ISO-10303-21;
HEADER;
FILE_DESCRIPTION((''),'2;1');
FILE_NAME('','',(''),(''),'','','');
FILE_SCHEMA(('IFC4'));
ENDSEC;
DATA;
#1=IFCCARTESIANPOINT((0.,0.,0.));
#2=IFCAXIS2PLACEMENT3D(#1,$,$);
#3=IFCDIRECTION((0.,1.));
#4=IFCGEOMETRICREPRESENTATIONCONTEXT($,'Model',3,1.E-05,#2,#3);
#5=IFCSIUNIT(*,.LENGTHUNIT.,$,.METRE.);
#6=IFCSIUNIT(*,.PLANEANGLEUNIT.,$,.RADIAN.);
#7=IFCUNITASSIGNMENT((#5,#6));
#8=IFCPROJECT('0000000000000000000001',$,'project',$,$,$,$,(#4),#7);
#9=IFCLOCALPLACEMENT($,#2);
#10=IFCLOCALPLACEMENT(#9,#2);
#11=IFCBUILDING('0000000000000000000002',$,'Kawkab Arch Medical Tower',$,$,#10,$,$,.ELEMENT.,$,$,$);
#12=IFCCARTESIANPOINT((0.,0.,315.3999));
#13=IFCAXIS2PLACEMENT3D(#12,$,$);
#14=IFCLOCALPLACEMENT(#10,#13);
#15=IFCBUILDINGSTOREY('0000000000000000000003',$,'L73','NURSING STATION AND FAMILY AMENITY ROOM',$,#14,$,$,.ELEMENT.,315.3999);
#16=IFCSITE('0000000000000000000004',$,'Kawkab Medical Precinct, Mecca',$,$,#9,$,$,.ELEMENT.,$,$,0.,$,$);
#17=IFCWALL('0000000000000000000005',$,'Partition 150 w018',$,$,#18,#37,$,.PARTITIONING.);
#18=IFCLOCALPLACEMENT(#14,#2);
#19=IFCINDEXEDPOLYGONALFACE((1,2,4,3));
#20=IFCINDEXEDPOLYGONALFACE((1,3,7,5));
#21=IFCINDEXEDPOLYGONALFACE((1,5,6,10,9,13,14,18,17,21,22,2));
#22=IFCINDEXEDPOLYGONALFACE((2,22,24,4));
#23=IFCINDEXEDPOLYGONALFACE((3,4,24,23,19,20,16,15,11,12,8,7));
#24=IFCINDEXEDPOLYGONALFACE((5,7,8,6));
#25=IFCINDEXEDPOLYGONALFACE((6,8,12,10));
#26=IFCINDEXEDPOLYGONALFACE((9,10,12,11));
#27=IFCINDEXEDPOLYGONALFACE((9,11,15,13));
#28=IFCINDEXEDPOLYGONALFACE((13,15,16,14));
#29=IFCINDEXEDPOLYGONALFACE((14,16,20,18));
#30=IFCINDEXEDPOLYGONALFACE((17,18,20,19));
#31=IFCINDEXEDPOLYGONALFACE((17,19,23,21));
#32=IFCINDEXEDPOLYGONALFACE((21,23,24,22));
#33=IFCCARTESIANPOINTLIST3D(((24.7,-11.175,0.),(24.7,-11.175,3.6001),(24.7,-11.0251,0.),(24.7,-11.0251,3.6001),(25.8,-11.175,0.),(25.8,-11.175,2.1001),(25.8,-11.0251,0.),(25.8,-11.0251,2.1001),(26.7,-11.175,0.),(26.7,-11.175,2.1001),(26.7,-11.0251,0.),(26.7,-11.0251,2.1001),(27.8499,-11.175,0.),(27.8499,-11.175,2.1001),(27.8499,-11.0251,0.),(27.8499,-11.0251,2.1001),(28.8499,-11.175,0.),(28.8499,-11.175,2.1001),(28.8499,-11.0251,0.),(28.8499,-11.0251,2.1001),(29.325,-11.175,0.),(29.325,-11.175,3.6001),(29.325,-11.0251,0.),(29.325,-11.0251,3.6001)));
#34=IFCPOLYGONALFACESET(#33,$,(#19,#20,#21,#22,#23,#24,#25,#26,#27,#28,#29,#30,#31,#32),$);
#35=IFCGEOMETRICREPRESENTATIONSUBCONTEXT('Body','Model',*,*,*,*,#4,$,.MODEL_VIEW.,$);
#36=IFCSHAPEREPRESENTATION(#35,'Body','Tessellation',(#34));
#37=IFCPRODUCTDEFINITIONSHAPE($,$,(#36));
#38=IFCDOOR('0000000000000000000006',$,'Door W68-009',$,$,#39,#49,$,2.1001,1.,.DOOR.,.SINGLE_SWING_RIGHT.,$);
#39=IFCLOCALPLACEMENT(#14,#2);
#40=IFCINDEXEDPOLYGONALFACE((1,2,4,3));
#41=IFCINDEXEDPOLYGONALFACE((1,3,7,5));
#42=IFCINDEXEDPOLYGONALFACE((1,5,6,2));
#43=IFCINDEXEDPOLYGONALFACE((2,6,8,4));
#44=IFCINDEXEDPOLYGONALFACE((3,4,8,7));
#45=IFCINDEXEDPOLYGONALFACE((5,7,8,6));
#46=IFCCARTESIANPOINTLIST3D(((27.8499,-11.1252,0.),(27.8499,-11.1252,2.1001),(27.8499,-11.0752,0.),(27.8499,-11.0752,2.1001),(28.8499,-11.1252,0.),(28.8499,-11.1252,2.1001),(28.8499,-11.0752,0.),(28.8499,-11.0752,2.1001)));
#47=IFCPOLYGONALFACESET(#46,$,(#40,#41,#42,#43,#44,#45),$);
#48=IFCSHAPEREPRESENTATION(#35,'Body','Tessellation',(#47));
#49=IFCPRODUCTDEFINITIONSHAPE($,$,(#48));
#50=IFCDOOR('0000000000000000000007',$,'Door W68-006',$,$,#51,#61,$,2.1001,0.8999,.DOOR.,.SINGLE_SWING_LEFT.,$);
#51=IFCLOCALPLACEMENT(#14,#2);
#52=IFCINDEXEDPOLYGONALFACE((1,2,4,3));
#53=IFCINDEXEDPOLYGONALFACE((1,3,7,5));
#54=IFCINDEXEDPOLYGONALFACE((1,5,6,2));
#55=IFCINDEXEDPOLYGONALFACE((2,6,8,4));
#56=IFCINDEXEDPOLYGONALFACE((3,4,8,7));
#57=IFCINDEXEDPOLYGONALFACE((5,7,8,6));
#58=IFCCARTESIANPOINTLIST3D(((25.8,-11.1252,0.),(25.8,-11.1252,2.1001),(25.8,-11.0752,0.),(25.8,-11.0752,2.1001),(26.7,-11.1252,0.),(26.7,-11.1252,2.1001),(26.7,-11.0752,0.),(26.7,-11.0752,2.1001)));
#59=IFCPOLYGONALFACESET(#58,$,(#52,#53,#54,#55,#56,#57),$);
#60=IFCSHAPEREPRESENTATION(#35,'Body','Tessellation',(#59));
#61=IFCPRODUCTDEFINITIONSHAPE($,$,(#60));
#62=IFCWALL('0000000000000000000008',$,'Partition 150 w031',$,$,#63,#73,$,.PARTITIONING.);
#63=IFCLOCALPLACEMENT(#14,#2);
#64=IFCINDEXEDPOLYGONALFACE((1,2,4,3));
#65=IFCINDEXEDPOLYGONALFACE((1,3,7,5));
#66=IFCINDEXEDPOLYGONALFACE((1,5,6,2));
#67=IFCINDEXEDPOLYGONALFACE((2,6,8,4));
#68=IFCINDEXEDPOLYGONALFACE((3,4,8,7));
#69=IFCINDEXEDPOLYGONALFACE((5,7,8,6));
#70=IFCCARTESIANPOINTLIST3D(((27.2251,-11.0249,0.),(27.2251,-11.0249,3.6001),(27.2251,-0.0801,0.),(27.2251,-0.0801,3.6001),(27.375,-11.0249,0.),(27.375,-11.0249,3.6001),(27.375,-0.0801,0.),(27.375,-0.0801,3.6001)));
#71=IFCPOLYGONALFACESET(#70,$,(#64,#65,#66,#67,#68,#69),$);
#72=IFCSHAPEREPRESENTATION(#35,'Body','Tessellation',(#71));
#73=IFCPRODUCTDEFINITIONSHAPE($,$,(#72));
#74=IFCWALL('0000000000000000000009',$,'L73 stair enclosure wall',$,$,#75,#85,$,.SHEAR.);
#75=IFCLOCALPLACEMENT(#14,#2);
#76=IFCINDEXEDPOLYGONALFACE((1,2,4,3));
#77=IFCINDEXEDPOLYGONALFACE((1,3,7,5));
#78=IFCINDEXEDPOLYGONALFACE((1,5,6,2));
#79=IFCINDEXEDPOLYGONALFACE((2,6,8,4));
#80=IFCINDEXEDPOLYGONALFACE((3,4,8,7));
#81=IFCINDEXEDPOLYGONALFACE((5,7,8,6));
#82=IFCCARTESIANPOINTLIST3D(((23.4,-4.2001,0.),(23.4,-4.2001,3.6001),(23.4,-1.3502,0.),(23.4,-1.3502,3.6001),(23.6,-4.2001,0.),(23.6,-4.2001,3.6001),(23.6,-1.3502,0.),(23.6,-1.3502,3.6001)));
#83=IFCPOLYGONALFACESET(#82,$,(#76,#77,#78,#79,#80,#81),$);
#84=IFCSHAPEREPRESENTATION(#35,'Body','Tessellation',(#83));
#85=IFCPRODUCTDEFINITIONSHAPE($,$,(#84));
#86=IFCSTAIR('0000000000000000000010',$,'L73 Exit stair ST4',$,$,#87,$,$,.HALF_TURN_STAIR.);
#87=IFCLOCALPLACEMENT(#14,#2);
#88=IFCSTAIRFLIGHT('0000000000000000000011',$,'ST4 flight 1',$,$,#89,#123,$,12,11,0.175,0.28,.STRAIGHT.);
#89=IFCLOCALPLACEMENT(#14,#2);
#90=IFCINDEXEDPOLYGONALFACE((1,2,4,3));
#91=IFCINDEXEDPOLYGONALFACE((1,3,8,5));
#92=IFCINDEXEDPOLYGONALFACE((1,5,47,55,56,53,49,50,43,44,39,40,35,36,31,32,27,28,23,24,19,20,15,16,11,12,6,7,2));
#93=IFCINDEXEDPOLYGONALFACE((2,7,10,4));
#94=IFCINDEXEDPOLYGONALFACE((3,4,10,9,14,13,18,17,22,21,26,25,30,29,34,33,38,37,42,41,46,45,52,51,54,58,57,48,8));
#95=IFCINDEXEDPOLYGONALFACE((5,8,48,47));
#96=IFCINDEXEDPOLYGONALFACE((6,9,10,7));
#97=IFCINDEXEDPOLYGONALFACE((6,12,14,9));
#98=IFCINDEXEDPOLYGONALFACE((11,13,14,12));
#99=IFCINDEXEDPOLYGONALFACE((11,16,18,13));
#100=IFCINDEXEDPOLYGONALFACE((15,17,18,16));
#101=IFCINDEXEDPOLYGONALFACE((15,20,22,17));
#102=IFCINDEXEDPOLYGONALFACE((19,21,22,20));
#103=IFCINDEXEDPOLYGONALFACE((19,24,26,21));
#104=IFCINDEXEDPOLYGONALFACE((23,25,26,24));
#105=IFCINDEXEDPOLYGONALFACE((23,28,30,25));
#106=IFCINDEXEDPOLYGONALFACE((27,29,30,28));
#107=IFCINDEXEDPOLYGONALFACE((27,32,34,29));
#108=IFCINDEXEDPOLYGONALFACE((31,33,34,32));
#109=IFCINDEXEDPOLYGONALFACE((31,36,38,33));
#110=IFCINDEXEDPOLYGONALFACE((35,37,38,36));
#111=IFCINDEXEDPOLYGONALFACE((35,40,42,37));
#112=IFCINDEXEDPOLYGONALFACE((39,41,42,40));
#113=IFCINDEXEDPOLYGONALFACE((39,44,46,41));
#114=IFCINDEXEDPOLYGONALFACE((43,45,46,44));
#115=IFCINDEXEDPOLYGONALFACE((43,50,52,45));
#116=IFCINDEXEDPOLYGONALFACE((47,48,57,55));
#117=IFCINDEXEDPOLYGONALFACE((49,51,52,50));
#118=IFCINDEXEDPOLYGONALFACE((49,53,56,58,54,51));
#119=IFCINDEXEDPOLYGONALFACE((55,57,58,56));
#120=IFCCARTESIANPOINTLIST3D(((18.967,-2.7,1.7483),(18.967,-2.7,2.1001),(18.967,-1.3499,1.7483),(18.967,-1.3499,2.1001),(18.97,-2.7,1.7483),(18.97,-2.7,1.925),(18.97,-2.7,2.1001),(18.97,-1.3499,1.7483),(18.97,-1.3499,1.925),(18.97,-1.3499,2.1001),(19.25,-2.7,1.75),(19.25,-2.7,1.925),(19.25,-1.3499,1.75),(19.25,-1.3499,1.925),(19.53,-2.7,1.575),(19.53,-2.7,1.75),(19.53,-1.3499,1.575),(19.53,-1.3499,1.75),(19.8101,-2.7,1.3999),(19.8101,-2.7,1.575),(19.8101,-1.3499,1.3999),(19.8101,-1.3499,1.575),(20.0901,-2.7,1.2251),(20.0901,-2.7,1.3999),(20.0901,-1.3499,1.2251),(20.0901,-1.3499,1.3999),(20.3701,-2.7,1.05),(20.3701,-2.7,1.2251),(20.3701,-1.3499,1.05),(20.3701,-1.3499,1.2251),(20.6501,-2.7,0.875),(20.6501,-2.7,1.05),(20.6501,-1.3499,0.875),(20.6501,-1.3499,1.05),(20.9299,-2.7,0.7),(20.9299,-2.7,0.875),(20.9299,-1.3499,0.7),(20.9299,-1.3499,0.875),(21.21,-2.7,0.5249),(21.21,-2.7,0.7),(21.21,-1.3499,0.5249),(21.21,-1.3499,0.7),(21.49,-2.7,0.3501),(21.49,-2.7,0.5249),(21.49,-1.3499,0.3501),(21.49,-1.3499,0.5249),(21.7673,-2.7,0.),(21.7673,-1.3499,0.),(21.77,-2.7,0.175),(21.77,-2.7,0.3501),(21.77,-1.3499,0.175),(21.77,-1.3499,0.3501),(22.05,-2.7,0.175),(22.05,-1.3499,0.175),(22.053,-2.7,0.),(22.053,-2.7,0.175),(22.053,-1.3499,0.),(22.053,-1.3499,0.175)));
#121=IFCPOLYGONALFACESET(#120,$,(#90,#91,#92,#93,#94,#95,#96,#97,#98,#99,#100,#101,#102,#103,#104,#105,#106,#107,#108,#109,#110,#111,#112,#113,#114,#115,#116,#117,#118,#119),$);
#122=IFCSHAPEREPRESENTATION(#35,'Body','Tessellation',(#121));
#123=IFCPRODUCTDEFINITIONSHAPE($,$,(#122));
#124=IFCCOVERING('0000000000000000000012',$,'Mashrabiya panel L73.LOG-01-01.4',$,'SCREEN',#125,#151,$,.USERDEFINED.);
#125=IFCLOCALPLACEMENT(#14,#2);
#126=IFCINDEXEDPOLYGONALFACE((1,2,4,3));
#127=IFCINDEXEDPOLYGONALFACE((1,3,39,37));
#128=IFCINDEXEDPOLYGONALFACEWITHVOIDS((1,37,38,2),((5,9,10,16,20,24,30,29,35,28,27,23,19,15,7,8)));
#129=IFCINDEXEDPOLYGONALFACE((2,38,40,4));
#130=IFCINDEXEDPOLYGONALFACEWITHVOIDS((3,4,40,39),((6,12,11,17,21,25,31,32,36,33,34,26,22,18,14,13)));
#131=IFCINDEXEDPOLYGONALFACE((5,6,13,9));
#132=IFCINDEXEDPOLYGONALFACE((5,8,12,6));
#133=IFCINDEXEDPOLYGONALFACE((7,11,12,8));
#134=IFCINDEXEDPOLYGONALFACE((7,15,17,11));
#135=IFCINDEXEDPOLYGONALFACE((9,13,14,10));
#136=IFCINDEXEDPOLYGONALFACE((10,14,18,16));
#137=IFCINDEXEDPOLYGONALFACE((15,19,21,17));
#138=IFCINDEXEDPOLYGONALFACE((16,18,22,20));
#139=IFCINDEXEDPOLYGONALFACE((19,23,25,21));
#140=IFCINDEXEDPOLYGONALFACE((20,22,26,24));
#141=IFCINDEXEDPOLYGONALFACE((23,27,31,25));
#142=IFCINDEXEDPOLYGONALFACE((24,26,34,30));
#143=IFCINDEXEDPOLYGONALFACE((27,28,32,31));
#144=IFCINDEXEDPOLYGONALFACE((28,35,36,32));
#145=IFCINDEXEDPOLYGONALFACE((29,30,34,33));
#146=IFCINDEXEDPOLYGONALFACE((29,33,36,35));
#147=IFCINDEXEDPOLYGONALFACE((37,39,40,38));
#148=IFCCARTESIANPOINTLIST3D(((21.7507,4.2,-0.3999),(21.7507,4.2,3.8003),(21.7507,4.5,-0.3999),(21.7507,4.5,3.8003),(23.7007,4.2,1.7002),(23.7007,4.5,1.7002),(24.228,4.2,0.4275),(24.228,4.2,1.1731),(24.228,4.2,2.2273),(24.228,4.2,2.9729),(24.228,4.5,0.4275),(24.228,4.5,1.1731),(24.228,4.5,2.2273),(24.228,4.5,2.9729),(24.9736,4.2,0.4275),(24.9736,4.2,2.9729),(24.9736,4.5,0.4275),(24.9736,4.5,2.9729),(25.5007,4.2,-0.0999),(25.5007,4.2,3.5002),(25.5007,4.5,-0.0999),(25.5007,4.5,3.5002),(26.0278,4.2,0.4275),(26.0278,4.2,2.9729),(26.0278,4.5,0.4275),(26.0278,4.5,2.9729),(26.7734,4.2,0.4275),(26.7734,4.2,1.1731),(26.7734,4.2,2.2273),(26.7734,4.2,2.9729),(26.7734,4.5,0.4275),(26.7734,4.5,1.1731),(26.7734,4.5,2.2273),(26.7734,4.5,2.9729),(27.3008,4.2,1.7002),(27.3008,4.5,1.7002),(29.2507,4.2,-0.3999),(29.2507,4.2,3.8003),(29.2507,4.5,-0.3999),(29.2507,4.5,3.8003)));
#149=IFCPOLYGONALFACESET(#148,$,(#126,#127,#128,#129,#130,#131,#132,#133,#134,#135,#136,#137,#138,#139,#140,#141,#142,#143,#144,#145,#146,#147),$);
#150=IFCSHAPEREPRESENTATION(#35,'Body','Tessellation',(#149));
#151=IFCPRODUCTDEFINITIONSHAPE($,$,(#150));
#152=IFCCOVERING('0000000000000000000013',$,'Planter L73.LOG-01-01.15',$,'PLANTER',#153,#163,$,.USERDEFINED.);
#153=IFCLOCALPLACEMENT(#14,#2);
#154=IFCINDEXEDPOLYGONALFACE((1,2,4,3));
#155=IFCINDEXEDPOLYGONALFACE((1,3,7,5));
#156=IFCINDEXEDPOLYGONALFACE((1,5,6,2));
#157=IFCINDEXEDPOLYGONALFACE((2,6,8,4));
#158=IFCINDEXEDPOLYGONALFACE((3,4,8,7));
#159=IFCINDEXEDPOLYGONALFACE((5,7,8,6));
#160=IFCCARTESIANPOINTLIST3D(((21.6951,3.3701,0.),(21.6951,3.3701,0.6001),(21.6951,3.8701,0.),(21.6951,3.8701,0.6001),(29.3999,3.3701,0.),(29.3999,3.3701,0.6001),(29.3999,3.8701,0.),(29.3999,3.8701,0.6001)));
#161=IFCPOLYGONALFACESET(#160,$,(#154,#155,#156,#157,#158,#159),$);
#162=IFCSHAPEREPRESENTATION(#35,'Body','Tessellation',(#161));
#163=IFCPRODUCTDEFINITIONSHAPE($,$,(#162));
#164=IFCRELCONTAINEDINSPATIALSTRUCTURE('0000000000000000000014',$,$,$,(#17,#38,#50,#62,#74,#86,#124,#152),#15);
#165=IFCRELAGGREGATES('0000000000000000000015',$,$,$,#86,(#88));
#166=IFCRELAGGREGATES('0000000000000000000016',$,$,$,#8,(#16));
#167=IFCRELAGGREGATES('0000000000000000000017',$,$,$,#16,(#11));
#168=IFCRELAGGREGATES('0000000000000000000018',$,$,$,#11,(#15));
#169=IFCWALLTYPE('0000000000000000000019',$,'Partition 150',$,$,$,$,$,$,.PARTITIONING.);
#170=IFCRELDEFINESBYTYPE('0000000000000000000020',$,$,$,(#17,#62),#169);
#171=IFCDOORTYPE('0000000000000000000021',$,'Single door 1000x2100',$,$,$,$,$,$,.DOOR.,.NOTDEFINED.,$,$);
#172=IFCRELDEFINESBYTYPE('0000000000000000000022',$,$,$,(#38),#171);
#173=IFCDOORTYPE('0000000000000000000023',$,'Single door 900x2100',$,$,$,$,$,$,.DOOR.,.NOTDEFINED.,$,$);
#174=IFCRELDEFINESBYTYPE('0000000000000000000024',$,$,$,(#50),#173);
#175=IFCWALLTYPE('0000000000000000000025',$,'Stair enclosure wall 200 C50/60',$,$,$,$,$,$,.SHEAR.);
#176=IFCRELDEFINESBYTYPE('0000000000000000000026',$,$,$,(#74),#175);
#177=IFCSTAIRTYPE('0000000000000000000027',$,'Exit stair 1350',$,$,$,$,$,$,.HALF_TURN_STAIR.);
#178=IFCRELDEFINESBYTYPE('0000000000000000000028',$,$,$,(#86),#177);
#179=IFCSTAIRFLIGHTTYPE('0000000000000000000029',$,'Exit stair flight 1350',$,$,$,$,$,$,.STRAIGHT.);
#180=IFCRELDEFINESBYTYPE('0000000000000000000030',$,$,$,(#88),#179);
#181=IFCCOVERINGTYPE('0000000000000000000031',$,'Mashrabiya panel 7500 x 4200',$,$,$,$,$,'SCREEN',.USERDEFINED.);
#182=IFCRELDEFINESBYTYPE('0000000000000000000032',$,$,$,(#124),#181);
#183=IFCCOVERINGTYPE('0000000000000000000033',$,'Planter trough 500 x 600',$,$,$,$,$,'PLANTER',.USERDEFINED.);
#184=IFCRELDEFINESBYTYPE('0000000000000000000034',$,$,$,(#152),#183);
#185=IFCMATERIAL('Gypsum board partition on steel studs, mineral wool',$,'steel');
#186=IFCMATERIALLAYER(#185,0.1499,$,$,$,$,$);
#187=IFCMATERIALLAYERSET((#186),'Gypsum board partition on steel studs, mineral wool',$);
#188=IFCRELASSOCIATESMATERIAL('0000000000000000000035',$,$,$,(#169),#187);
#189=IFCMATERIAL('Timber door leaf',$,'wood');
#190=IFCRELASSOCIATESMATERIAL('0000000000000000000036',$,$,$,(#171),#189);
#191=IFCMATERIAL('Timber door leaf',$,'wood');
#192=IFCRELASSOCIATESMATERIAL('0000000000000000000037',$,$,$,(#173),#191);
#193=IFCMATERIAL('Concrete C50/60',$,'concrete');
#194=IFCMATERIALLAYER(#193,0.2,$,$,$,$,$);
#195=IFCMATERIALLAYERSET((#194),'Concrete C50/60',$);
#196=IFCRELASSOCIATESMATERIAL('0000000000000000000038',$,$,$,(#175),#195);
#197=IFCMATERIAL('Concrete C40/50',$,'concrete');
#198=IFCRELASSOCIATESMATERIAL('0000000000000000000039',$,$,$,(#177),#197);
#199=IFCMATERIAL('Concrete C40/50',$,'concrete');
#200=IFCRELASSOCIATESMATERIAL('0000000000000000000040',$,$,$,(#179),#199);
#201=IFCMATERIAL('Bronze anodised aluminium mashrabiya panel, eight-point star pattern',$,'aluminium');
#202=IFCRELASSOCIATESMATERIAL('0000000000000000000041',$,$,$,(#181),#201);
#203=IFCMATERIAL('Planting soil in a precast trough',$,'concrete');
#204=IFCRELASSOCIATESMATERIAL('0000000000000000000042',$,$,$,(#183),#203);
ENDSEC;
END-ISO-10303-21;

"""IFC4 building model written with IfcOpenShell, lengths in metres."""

from ifc_helpers import new_model, si_unit, direction, frame, frame_2d, origin, origin_2d, place, context, subcontext, project, spatial, polyline, rectangle, outline, extrude, material, layer, layer_set, material_profile, profile_set, type_object, element, fill, aggregate, save


model = new_model("IFC4")

# Units and contexts
model_context = context("Model", 3, precision=1e-05, world=origin(), true_north=direction((0.0, 1.0)))
body_context = subcontext(model_context, "Body", "Model", "MODEL_VIEW")
ifc_project = project(units=[si_unit("LENGTHUNIT", "METRE"), si_unit("PLANEANGLEUNIT", "RADIAN")], contexts=[model_context])

# Site, building, storey
site_placement = place(None, origin())
site = spatial("IfcSite", under=ifc_project, at=site_placement, Name="Kawkab Medical Precinct, Mecca", CompositionType="ELEMENT", RefElevation=0.0)
building_placement = place(site_placement, origin())
building = spatial("IfcBuilding", under=site, at=building_placement, Name="Kawkab Arch Medical Tower", CompositionType="ELEMENT")
storey_placement = place(building_placement, frame((0.0, 0.0, 315.3999)))
storey = spatial("IfcBuildingStorey", under=building, at=storey_placement, Name="L73", Description="NURSING STATION AND FAMILY AMENITY ROOM", CompositionType="ELEMENT", Elevation=315.3999)

# Shared definitions
placement = place(storey_placement, origin())

# Wall, openings, doors
ifc_material_1 = material(Name="Gypsum board partition on steel studs, mineral wool", Category="steel")
ifc_layer_1 = layer(ifc_material_1, 0.1499)
ifc_layer_set_1 = layer_set([ifc_layer_1], Name="Gypsum board partition on steel studs, mineral wool")
wall_type_1 = type_object("IfcWallType", Name="Partition 150", PredefinedType="PARTITIONING", material=ifc_layer_set_1)
wall_1_placement = place(storey_placement, frame((24.7, -11.1001, 0.0), z_axis=(0.0, 0.0, 1.0), x_axis=(1.0, 0.0, 0.0)))
wall_1 = element("IfcWall", 1, at=wall_1_placement, inside=storey, type_object=wall_type_1, Name="Partition 150 w018", PredefinedType="PARTITIONING", context=body_context, shape_type="SweptSolid", body=[
    extrude(rectangle(XDim=4.625, YDim=0.1499, at=frame_2d((2.3125, 0.0))), origin(), (0.0, 0.0, 1.0), 3.6001),
])
opening_1_placement = place(wall_1_placement, frame((1.1001, 0.0, 0.0)))
opening_1 = element("IfcOpeningElement", 2, at=opening_1_placement, cuts=wall_1, PredefinedType="OPENING", context=body_context, shape_type="SweptSolid", body=[
    extrude(rectangle(XDim=0.8999, YDim=2.1001, at=frame_2d((0.45, 1.05))), frame((0.0, 0.085, 0.0), z_axis=(0.0, -1.0, 0.0), x_axis=(1.0, 0.0, 0.0)), (0.0, 0.0, 1.0), 0.1699),
])
opening_2_placement = place(wall_1_placement, frame((3.1499, 0.0, 0.0)))
opening_2 = element("IfcOpeningElement", 3, at=opening_2_placement, cuts=wall_1, PredefinedType="OPENING", context=body_context, shape_type="SweptSolid", body=[
    extrude(rectangle(XDim=1.0, YDim=2.1001, at=frame_2d((0.5, 1.05))), frame((0.0, 0.085, 0.0), z_axis=(0.0, -1.0, 0.0), x_axis=(1.0, 0.0, 0.0)), (0.0, 0.0, 1.0), 0.1699),
])
ifc_material_2 = material(Name="Timber door leaf", Category="wood")
door_type_1 = type_object("IfcDoorType", Name="Single door 1000x2100", OperationType="NOTDEFINED", PredefinedType="DOOR", material=ifc_material_2)
door_1_placement = place(opening_2_placement, origin())
door_1 = element("IfcDoor", 4, at=door_1_placement, inside=storey, type_object=door_type_1, Name="Door W68-009", OperationType="SINGLE_SWING_RIGHT", OverallHeight=2.1001, OverallWidth=1.0, PredefinedType="DOOR", context=body_context, shape_type="SweptSolid", body=[
    extrude(rectangle(XDim=1.0, YDim=2.1001, at=frame_2d((0.5, 1.05))), frame((0.0, 0.0249, 0.0), z_axis=(0.0, -1.0, 0.0), x_axis=(1.0, 0.0, 0.0)), (0.0, 0.0, 1.0), 0.05),
])
fill(opening_2, door_1)
ifc_material_3 = material(Name="Timber door leaf", Category="wood")
door_type_2 = type_object("IfcDoorType", Name="Single door 900x2100", OperationType="NOTDEFINED", PredefinedType="DOOR", material=ifc_material_3)
door_2_placement = place(opening_1_placement, origin())
door_2 = element("IfcDoor", 5, at=door_2_placement, inside=storey, type_object=door_type_2, Name="Door W68-006", OperationType="SINGLE_SWING_LEFT", OverallHeight=2.1001, OverallWidth=0.8999, PredefinedType="DOOR", context=body_context, shape_type="SweptSolid", body=[
    extrude(rectangle(XDim=0.8999, YDim=2.1001, at=frame_2d((0.45, 1.05))), frame((0.0, 0.0249, 0.0), z_axis=(0.0, -1.0, 0.0), x_axis=(1.0, 0.0, 0.0)), (0.0, 0.0, 1.0), 0.05),
])
fill(opening_1, door_2)

# Walls
wall_2_placement = place(storey_placement, frame((27.3, -11.0249, 0.0), z_axis=(0.0, 0.0, 1.0), x_axis=(0.0, 1.0, 0.0)))
element("IfcWall", 6, at=wall_2_placement, inside=storey, type_object=wall_type_1, Name="Partition 150 w031", PredefinedType="PARTITIONING", context=body_context, shape_type="SweptSolid", body=[
    extrude(rectangle(XDim=10.9448, YDim=0.1499, at=frame_2d((5.4724, 0.0))), origin(), (0.0, 0.0, 1.0), 3.6001),
])
ifc_material_4 = material(Name="Concrete C50/60", Category="concrete")
ifc_layer_2 = layer(ifc_material_4, 0.2)
ifc_layer_set_2 = layer_set([ifc_layer_2], Name="Concrete C50/60")
wall_type_2 = type_object("IfcWallType", Name="Stair enclosure wall 200 C50/60", PredefinedType="SHEAR", material=ifc_layer_set_2)
wall_3_placement = place(storey_placement, frame((23.5, -4.2, 0.0), z_axis=(0.0, 0.0, 1.0), x_axis=(0.0, 1.0, 0.0)))
element("IfcWall", 7, at=wall_3_placement, inside=storey, type_object=wall_type_2, Name="L73 stair enclosure wall", PredefinedType="SHEAR", context=body_context, shape_type="SweptSolid", body=[
    extrude(rectangle(XDim=2.8499, YDim=0.2, at=frame_2d((1.4248, 0.0))), origin(), (0.0, 0.0, 1.0), 3.6001),
])

# Stair, stair flight
ifc_material_5 = material(Name="Concrete C40/50", Category="concrete")
stair_type = type_object("IfcStairType", Name="Exit stair 1350", PredefinedType="HALF_TURN_STAIR", material=ifc_material_5)
stair = element("IfcStair", 8, at=placement, inside=storey, type_object=stair_type, Name="L73 Exit stair ST4", PredefinedType="HALF_TURN_STAIR")
ifc_material_6 = material(Name="Concrete C40/50", Category="concrete")
stair_flight_type = type_object("IfcStairFlightType", Name="Exit stair flight 1350", PredefinedType="STRAIGHT", material=ifc_material_6)
stair_flight_placement = place(storey_placement, frame((22.05, -2.0249, 0.0), z_axis=(0.0, 0.0, 1.0), x_axis=(-1.0, 0.0, 0.0)))
stair_flight = element("IfcStairFlight", 9, at=stair_flight_placement, type_object=stair_flight_type, Name="ST4 flight 1", NumberOfRisers=12, NumberOfTreads=11, PredefinedType="STRAIGHT", RiserHeight=0.175, TreadLength=0.28, context=body_context, shape_type="SweptSolid", body=[
    extrude(outline(polyline([(-0.0029, 0.0), (-0.0029, 0.175), (0.0, 0.175), (0.28, 0.175), (0.28, 0.3501), (0.5601, 0.3501), (0.5601, 0.5249), (0.8401, 0.5249), (0.8401, 0.7), (1.1201, 0.7), (1.1201, 0.875), (1.3999, 0.875), (1.3999, 1.05), (1.6799, 1.05), (1.6799, 1.2251), (1.96, 1.2251), (1.96, 1.3999), (2.24, 1.3999), (2.24, 1.575), (2.52, 1.575), (2.52, 1.75), (2.8, 1.75), (2.8, 1.925), (3.0801, 1.925), (3.0801, 2.1001), (3.083, 2.1001), (3.083, 1.7483), (3.0801, 1.7483), (0.2827, 0.0), (-0.0029, 0.0)])), frame((0.0, 0.675, 0.0), z_axis=(0.0, -1.0, 0.0), x_axis=(1.0, 0.0, 0.0)), (0.0, 0.0, 1.0), 1.3501),
])
aggregate(stair, [stair_flight])

# Coverings
ifc_material_7 = material(Name="Bronze anodised aluminium mashrabiya panel, eight-point star pattern", Category="aluminium")
ifc_material_profile_1 = material_profile(ifc_material_7, outline(polyline([(-3.75, -2.1001), (3.75, -2.1001), (3.75, 2.1001), (-3.75, 2.1001), (-3.75, -2.1001)]), holes=[polyline([(1.8, 0.0), (1.2727, 0.5271), (1.2727, 1.2727), (0.5271, 1.2727), (0.0, 1.8), (-0.5271, 1.2727), (-1.2727, 1.2727), (-1.2727, 0.5271), (-1.8, 0.0), (-1.2727, -0.5271), (-1.2727, -1.2727), (-0.5271, -1.2727), (0.0, -1.8), (0.5271, -1.2727), (1.2727, -1.2727), (1.2727, -0.5271), (1.8, 0.0)])]), Name="Mashrabiya panel 7500x4200")
ifc_profile_set_1 = profile_set([ifc_material_profile_1], Name="Bronze anodised aluminium mashrabiya panel, eight-point star pattern")
covering_type_1 = type_object("IfcCoveringType", Name="Mashrabiya panel 7500 x 4200", ElementType="SCREEN", PredefinedType="USERDEFINED", material=ifc_profile_set_1)
covering_1_placement = place(storey_placement, frame((25.5007, 4.2, 1.7002), z_axis=(0.0, 1.0, 0.0), x_axis=(-1.0, 0.0, 0.0)))
element("IfcCovering", 10, at=covering_1_placement, inside=storey, type_object=covering_type_1, Name="Mashrabiya panel L73.LOG-01-01.4", ObjectType="SCREEN", PredefinedType="USERDEFINED", context=body_context, shape_type="SweptSolid", body=[
    extrude(outline(polyline([(-3.75, -2.1001), (3.75, -2.1001), (3.75, 2.1001), (-3.75, 2.1001), (-3.75, -2.1001)]), holes=[polyline([(1.8, 0.0), (1.2727, 0.5271), (1.2727, 1.2727), (0.5271, 1.2727), (0.0, 1.8), (-0.5271, 1.2727), (-1.2727, 1.2727), (-1.2727, 0.5271), (-1.8, 0.0), (-1.2727, -0.5271), (-1.2727, -1.2727), (-0.5271, -1.2727), (0.0, -1.8), (0.5271, -1.2727), (1.2727, -1.2727), (1.2727, -0.5271), (1.8, 0.0)])]), origin(), (0.0, 0.0, 1.0), 0.3),
])
ifc_material_8 = material(Name="Planting soil in a precast trough", Category="concrete")
ifc_material_profile_2 = material_profile(ifc_material_8, rectangle(XDim=0.5, YDim=0.6001, at=origin_2d()), Name="Trough 500x600")
ifc_profile_set_2 = profile_set([ifc_material_profile_2], Name="Planting soil in a precast trough")
covering_type_2 = type_object("IfcCoveringType", Name="Planter trough 500 x 600", ElementType="PLANTER", PredefinedType="USERDEFINED", material=ifc_profile_set_2)
covering_2_placement = place(storey_placement, frame((21.6951, 3.6201, 0.3), z_axis=(1.0, 0.0, 0.0), x_axis=(0.0, 1.0, 0.0)))
element("IfcCovering", 11, at=covering_2_placement, inside=storey, type_object=covering_type_2, Name="Planter L73.LOG-01-01.15", ObjectType="PLANTER", PredefinedType="USERDEFINED", context=body_context, shape_type="SweptSolid", body=[
    extrude(rectangle(XDim=0.5, YDim=0.6001, at=origin_2d()), origin(), (0.0, 0.0, 1.0), 7.7048),
])

save(model, "model.ifc")
